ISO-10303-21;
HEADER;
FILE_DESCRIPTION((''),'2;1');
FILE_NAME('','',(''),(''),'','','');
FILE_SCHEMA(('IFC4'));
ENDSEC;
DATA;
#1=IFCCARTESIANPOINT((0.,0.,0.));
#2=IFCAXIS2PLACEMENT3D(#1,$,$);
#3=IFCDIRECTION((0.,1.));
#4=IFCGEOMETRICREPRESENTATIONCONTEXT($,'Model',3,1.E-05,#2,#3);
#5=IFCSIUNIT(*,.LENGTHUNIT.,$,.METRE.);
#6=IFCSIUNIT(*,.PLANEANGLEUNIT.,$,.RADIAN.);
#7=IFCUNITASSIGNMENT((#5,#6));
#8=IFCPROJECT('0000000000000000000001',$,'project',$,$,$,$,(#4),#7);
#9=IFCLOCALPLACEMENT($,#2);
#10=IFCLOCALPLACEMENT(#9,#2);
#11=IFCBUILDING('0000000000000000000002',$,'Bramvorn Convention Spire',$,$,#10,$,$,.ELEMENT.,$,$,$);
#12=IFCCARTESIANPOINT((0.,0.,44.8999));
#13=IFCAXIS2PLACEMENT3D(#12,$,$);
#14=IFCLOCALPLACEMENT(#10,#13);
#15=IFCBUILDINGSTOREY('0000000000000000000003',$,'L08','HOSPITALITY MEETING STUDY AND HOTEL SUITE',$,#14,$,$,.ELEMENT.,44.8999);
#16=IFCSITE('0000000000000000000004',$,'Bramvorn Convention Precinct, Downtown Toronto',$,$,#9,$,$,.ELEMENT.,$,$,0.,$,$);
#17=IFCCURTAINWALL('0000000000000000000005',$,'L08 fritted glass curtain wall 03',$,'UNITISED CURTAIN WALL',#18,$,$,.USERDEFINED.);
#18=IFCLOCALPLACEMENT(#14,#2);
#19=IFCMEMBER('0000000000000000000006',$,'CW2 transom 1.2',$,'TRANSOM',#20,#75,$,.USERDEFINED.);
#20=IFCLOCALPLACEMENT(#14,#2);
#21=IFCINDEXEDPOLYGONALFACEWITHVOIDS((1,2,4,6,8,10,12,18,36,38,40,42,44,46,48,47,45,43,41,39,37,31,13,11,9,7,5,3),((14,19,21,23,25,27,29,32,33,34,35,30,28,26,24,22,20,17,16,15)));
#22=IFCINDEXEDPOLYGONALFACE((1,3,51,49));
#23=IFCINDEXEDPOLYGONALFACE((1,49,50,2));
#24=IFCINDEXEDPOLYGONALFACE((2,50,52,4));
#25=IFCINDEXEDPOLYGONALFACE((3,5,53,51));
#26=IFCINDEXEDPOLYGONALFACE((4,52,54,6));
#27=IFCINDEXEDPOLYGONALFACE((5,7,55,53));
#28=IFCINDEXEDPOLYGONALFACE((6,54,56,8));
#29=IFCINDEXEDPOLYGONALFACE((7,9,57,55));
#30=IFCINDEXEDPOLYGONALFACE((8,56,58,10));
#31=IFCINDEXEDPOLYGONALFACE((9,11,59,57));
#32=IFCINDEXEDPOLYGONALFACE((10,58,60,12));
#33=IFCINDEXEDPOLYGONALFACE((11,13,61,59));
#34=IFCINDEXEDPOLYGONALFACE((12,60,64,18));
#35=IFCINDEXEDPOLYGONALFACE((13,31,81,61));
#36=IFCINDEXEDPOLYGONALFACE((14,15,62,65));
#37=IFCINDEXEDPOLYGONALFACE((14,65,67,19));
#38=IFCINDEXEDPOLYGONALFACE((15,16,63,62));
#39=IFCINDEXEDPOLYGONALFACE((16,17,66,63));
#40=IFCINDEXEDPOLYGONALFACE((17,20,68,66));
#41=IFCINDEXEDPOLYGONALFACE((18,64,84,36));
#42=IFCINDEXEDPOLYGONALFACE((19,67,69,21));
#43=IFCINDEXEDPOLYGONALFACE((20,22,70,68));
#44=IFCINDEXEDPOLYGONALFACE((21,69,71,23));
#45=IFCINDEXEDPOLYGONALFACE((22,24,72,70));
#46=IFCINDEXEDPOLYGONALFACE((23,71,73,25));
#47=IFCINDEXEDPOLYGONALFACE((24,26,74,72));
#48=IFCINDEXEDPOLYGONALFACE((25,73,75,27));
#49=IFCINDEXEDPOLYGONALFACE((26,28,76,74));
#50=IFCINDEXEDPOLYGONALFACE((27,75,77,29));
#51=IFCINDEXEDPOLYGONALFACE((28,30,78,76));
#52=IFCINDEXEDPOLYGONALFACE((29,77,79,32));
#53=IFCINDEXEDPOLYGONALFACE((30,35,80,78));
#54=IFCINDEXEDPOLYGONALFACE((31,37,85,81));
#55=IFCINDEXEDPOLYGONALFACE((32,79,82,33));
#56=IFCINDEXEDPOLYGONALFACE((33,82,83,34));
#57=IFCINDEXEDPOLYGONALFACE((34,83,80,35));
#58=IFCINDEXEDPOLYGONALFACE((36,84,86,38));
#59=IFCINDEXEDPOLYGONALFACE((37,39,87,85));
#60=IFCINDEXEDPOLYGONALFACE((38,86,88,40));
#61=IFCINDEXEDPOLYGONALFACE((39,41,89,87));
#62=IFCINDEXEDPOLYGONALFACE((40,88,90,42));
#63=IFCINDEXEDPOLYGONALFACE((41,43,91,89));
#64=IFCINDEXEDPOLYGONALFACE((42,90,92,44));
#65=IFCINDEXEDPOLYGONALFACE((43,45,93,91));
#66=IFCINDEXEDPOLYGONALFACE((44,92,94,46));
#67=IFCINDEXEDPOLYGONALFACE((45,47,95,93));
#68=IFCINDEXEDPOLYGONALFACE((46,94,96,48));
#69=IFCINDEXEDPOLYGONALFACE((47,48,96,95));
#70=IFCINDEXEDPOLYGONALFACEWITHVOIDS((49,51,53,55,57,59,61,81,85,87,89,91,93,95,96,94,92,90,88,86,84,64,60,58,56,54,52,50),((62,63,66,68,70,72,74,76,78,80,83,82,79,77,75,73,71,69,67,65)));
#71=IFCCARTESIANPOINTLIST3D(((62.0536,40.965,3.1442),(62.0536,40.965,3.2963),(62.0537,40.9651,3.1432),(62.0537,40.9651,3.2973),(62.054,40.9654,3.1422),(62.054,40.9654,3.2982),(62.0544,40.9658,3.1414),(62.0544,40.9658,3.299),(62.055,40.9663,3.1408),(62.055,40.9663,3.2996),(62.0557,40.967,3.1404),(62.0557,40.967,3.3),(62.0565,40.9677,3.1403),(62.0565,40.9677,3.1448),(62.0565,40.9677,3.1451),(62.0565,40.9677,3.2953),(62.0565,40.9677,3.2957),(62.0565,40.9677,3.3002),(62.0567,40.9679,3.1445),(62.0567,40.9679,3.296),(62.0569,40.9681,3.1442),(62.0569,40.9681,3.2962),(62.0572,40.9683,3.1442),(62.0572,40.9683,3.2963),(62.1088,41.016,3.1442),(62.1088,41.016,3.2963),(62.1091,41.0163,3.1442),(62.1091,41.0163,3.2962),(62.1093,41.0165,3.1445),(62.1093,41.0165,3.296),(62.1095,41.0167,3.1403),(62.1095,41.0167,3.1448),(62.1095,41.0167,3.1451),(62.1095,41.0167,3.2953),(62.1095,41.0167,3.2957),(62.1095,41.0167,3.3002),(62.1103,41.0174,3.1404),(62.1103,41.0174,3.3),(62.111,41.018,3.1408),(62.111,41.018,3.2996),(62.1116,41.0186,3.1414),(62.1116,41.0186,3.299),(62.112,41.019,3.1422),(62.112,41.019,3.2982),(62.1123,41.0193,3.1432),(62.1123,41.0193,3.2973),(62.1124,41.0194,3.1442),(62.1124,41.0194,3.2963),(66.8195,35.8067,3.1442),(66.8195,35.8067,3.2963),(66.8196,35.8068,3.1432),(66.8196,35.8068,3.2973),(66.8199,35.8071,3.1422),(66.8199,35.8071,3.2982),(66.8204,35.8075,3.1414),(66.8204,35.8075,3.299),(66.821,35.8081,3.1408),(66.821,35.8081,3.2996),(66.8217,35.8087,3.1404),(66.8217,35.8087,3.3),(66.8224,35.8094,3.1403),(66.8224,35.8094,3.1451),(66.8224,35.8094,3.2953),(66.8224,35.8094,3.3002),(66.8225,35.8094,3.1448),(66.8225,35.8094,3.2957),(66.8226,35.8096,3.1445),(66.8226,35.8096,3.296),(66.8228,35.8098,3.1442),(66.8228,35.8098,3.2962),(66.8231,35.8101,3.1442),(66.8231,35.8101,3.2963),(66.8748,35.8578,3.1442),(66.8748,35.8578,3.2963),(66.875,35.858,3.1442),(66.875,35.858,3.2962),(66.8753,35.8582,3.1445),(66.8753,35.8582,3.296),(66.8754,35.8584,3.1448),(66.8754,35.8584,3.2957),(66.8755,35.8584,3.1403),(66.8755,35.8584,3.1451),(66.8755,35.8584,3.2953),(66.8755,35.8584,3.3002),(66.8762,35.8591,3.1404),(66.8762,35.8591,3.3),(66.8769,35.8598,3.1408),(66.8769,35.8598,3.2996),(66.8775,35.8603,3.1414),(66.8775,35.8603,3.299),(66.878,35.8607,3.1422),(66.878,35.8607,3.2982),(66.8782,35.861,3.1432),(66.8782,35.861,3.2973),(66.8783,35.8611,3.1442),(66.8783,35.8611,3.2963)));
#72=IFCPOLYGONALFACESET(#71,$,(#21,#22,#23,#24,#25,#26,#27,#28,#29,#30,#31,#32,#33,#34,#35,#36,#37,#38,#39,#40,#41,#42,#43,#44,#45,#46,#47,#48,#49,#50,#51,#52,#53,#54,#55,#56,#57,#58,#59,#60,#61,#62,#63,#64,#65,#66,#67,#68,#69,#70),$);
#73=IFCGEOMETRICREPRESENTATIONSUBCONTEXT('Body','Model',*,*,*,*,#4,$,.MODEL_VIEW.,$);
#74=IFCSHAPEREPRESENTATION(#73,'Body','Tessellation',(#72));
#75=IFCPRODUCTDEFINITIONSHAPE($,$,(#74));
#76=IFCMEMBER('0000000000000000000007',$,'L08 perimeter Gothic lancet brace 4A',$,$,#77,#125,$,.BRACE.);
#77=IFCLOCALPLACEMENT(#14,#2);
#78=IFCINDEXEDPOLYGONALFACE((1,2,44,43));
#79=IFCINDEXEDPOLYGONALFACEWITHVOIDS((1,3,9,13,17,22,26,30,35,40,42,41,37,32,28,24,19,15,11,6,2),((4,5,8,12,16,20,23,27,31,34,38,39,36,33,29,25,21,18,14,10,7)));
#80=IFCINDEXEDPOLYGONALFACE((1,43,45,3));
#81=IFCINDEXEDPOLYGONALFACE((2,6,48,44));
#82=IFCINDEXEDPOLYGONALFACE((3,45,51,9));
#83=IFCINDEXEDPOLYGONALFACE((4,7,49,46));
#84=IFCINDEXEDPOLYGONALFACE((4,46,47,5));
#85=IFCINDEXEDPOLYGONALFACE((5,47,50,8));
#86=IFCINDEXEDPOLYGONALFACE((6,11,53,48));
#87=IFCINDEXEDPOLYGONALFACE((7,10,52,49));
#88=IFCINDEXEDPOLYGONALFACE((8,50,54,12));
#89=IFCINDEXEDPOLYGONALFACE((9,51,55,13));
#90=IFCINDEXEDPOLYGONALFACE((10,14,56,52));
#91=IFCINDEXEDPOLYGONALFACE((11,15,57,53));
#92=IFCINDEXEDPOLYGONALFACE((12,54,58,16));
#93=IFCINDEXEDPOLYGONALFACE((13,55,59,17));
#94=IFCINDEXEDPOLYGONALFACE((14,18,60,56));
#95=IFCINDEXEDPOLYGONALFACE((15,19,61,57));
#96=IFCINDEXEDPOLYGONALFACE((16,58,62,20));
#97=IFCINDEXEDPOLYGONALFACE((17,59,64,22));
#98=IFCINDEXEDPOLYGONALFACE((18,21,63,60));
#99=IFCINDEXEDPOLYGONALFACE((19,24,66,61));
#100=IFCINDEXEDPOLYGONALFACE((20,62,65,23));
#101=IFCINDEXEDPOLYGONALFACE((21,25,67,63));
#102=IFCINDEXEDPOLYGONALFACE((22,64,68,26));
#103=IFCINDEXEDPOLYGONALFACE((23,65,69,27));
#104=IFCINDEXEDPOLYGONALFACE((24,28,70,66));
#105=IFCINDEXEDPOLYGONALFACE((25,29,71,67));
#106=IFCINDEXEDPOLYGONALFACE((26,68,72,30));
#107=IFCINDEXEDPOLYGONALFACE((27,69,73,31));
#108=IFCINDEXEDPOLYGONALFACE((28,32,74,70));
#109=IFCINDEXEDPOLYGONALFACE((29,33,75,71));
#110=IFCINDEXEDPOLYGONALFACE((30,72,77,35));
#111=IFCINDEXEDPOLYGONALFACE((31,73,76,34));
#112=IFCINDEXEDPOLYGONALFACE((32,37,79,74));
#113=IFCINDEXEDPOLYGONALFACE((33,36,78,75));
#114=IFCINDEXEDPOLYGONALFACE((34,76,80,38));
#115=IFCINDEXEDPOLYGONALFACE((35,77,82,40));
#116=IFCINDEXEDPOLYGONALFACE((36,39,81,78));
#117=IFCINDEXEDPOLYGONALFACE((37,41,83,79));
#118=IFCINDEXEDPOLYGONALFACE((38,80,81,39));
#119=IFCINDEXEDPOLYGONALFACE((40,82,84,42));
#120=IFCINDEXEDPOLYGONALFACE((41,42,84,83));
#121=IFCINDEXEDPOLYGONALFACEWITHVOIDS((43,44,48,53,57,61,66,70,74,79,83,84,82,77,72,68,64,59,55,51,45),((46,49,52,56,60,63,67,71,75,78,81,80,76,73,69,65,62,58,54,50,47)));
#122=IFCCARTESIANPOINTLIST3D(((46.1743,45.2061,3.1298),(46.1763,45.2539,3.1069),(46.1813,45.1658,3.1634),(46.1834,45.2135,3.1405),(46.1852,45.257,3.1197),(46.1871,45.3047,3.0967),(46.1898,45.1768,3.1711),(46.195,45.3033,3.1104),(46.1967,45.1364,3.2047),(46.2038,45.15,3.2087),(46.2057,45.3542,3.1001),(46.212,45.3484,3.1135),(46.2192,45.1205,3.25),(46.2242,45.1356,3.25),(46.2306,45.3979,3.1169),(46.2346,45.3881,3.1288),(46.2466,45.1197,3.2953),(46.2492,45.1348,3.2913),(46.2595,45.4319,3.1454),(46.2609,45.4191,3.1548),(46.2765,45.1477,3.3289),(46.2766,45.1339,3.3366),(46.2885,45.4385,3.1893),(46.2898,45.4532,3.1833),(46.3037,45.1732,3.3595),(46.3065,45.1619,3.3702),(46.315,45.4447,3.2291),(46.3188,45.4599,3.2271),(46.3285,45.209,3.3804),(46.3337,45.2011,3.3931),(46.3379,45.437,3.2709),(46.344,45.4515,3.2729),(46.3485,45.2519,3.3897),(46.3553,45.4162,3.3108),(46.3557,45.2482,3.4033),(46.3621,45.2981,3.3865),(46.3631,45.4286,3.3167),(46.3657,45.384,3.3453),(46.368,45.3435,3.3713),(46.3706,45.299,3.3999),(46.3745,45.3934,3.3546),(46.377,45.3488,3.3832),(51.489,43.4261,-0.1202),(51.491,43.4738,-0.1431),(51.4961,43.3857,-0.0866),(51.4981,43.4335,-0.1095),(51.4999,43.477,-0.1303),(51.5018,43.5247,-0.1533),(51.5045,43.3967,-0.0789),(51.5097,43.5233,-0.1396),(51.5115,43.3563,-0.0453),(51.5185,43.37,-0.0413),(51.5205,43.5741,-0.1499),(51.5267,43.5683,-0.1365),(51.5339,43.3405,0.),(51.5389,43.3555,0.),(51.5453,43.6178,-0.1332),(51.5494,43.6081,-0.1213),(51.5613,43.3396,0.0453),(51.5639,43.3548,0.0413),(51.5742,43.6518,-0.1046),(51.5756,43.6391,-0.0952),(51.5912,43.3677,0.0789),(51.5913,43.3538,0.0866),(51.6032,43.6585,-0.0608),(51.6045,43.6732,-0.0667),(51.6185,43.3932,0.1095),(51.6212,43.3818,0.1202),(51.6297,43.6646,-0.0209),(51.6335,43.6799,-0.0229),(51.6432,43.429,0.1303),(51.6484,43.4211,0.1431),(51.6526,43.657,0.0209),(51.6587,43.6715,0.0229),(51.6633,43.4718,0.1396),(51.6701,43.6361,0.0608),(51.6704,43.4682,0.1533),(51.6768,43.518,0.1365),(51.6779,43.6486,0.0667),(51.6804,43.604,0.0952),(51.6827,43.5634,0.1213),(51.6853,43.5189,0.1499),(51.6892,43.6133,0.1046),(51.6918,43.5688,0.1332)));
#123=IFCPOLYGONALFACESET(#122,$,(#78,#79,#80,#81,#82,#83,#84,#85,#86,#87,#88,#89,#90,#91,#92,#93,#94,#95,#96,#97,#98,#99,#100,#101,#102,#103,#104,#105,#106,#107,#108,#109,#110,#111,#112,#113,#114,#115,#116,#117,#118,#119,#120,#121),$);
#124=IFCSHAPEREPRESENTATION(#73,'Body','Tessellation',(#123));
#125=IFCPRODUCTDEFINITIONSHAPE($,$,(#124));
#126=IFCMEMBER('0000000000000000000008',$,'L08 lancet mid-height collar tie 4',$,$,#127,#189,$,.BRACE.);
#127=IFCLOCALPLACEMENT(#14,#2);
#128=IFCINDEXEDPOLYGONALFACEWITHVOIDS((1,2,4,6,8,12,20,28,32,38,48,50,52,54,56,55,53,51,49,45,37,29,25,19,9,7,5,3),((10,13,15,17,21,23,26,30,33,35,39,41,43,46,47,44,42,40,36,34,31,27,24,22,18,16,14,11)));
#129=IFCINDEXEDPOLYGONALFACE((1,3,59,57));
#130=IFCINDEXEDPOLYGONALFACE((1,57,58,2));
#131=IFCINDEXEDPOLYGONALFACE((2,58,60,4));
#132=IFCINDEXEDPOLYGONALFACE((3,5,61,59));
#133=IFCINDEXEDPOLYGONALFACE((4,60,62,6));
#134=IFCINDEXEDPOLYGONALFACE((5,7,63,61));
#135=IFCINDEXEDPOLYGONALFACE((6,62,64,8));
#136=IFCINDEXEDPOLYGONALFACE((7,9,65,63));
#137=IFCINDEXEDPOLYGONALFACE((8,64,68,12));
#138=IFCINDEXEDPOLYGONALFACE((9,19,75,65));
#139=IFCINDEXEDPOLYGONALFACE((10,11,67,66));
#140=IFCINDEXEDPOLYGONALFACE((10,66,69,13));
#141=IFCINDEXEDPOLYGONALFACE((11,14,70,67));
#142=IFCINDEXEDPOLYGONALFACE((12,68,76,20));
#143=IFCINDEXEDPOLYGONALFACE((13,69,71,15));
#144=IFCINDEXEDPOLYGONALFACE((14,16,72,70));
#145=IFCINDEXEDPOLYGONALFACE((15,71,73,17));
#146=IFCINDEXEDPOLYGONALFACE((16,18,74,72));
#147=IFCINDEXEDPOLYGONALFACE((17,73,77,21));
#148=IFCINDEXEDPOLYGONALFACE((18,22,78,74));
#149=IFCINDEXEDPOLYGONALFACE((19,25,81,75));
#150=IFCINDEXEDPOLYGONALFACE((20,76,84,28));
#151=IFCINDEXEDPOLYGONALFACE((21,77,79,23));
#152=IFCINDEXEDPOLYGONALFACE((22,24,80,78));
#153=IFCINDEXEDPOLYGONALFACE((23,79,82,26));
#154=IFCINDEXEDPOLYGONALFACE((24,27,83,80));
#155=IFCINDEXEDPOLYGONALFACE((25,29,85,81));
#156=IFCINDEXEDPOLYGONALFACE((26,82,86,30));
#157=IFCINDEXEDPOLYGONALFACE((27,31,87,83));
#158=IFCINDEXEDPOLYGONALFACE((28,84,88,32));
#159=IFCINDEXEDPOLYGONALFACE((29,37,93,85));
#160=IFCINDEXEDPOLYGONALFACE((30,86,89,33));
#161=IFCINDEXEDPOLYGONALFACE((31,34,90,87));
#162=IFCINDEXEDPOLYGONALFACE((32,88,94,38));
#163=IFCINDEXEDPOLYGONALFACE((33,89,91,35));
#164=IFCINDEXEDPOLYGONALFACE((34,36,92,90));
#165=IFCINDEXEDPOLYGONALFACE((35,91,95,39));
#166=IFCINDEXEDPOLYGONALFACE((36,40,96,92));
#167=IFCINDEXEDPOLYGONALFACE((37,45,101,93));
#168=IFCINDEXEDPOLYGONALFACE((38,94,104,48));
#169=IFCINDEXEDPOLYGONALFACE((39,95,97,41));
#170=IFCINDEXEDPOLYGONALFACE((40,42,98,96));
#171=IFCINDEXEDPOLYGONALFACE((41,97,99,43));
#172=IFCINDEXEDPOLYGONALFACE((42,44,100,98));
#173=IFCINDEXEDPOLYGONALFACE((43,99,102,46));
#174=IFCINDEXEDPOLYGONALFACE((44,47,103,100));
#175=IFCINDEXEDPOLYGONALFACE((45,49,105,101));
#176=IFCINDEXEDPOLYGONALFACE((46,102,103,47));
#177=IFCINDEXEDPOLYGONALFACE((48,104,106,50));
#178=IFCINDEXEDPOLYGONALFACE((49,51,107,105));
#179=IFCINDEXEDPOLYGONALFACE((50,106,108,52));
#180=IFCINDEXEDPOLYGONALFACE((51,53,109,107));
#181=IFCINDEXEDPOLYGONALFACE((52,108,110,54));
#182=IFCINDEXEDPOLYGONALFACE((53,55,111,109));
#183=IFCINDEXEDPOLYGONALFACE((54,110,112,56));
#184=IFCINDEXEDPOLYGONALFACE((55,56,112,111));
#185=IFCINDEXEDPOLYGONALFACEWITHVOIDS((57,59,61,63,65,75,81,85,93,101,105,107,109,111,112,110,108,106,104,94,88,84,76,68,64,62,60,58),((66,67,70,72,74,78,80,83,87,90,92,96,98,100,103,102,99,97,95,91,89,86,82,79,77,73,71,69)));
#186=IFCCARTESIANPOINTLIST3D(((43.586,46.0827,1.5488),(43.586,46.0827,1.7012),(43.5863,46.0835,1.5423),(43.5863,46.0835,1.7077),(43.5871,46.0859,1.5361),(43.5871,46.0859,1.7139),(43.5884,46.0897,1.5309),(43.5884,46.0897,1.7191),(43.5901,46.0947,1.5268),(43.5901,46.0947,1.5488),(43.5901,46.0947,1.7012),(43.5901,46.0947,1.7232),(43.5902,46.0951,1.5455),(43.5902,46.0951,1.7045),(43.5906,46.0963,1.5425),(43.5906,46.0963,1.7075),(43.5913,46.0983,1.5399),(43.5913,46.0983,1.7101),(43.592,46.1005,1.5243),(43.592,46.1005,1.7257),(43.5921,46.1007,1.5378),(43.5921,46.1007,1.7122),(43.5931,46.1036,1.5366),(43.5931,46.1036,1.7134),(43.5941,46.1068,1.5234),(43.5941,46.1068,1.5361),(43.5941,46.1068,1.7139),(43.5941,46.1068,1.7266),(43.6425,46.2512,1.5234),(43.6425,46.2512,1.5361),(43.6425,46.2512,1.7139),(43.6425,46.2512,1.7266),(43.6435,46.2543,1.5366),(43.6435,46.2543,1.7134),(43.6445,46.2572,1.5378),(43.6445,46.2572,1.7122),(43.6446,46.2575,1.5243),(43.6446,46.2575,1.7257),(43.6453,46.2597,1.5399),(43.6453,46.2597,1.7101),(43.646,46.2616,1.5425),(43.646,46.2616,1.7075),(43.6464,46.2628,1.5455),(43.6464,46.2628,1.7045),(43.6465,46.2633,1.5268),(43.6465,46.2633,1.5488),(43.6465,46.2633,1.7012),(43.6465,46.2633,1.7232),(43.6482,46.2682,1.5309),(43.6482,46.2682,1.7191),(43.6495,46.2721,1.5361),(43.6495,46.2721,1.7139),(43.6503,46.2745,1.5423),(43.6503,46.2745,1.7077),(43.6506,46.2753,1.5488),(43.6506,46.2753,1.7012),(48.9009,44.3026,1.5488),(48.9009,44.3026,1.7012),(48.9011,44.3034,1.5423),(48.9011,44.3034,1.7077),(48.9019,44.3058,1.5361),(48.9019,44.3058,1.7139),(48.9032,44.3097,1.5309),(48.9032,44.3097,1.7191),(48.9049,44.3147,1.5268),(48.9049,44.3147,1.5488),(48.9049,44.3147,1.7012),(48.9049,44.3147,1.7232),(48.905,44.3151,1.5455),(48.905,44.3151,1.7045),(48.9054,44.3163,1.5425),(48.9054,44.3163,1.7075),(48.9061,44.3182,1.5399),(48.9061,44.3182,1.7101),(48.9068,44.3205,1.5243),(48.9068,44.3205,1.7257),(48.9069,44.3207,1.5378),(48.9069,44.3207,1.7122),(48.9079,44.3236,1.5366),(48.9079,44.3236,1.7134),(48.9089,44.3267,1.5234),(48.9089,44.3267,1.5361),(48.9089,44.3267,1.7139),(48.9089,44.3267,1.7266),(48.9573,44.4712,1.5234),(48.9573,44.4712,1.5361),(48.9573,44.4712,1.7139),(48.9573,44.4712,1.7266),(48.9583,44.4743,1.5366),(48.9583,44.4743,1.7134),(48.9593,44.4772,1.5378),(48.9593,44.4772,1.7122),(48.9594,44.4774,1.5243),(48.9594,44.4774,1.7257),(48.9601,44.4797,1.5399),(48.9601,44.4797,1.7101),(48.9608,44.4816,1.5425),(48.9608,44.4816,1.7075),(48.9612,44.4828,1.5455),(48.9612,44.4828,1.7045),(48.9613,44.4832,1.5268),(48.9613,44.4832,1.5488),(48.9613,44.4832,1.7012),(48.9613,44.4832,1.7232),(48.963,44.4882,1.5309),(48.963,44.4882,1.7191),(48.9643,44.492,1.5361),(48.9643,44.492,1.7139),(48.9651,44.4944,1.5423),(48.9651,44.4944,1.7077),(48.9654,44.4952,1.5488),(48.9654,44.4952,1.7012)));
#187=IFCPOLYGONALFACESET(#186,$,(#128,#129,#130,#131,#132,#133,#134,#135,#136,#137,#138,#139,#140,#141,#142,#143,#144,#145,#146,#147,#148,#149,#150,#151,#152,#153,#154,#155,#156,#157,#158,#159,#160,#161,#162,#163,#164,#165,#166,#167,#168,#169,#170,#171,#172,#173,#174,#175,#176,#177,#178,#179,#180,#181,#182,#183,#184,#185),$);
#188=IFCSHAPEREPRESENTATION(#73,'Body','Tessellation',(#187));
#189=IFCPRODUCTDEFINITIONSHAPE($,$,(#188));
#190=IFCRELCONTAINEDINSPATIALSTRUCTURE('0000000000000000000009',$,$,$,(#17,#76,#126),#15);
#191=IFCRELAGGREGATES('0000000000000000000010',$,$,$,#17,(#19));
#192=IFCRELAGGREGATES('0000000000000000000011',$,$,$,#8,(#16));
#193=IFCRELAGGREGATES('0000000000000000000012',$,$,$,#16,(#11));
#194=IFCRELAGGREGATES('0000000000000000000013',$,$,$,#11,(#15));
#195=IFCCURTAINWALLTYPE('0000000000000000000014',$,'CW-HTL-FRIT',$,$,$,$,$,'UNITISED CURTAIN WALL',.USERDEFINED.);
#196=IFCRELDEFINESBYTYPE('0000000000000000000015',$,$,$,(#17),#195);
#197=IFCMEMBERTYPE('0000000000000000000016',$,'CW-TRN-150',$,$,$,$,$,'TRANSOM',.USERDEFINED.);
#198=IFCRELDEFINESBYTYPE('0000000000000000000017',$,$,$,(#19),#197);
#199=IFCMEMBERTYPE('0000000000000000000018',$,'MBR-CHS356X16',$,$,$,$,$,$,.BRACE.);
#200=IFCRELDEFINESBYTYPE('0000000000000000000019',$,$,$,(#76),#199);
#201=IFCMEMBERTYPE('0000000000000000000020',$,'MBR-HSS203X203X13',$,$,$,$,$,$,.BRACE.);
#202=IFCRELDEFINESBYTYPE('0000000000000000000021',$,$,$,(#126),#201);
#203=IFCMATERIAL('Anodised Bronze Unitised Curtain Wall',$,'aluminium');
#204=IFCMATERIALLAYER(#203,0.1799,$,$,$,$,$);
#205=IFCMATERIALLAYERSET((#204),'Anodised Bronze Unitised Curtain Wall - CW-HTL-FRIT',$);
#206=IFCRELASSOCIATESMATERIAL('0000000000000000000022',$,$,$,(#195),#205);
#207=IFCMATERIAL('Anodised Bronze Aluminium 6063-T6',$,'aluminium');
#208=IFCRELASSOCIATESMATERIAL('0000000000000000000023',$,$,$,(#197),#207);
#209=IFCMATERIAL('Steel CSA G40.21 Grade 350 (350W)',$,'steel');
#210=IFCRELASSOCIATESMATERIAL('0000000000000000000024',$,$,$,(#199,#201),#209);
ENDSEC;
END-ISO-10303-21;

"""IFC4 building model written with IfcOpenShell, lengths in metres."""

from ifc_helpers import new_model, si_unit, direction, frame, origin, origin_2d, place, context, subcontext, project, spatial, hollow_rectangle, hollow_circle, extrude, material, layer, layer_set, material_profile, profile_set, type_object, element, aggregate, save


model = new_model("IFC4")

# Units and contexts
model_context = context("Model", 3, precision=1e-05, world=origin(), true_north=direction((0.0, 1.0)))
body_context = subcontext(model_context, "Body", "Model", "MODEL_VIEW")
ifc_project = project(units=[si_unit("LENGTHUNIT", "METRE"), si_unit("PLANEANGLEUNIT", "RADIAN")], contexts=[model_context])

# Site, building, storey
site_placement = place(None, origin())
site = spatial("IfcSite", under=ifc_project, at=site_placement, Name="Bramvorn Convention Precinct, Downtown Toronto", CompositionType="ELEMENT", RefElevation=0.0)
building_placement = place(site_placement, origin())
building = spatial("IfcBuilding", under=site, at=building_placement, Name="Bramvorn Convention Spire", CompositionType="ELEMENT")
storey_placement = place(building_placement, frame((0.0, 0.0, 44.8999)))
storey = spatial("IfcBuildingStorey", under=building, at=storey_placement, Name="L08", Description="HOSPITALITY MEETING STUDY AND HOTEL SUITE", CompositionType="ELEMENT", Elevation=44.8999)

# Shared definitions
ifc_material_1 = material(Name="Steel CSA G40.21 Grade 350 (350W)", Category="steel")

# Shared definitions
ifc_material_2 = material(Name="Anodised Bronze Unitised Curtain Wall", Category="aluminium")
ifc_layer_1 = layer(ifc_material_2, 0.1799)
ifc_layer_set_1 = layer_set([ifc_layer_1], Name="Anodised Bronze Unitised Curtain Wall - CW-HTL-FRIT")
curtain_wall_type = type_object("IfcCurtainWallType", Name="CW-HTL-FRIT", ElementType="UNITISED CURTAIN WALL", PredefinedType="USERDEFINED", material=ifc_layer_set_1)
ifc_material_3 = material(Name="Anodised Bronze Aluminium 6063-T6", Category="aluminium")

# Curtain wall
curtain_wall_1_placement = place(storey_placement, origin())
curtain_wall_1 = element("IfcCurtainWall", 1, at=curtain_wall_1_placement, inside=storey, type_object=curtain_wall_type, Name="L08 fritted glass curtain wall 03", ObjectType="UNITISED CURTAIN WALL", PredefinedType="USERDEFINED")

# Member
ifc_material_profile_1 = material_profile(ifc_material_3, hollow_rectangle(XDim=0.0801, YDim=0.1599, WallThickness=0.0039, InnerFilletRadius=0.001, OuterFilletRadius=0.0039, at=origin_2d()))
ifc_profile_set_1 = profile_set([ifc_material_profile_1], Name="Anodised Bronze Aluminium 6063-T6 - CWT80X160")
member_type_1 = type_object("IfcMemberType", Name="CW-TRN-150", ElementType="TRANSOM", PredefinedType="USERDEFINED", material=ifc_profile_set_1)
member_1_placement = place(storey_placement, frame((62.083, 40.9922, 3.2202), z_axis=(0.678622, -0.734487, 0.0), x_axis=(0.734487, 0.678622, 0.0)))
member_1 = element("IfcMember", 2, at=member_1_placement, type_object=member_type_1, Name="CW2 transom 1.2", ObjectType="TRANSOM", PredefinedType="USERDEFINED", context=body_context, shape_type="SweptSolid", body=[
    extrude(hollow_rectangle(XDim=0.0801, YDim=0.1599, WallThickness=0.0039, InnerFilletRadius=0.001, OuterFilletRadius=0.0039, at=origin_2d()), origin(), (0.0, 0.0, 1.0), 7.0229),
])

# Members
ifc_material_profile_2 = material_profile(ifc_material_1, hollow_circle(Radius=0.1777, WallThickness=0.0159, at=origin_2d()))
ifc_profile_set_2 = profile_set([ifc_material_profile_2], Name="Steel CSA G40.21 Grade 350 (350W) - CHS356X16")
member_type_2 = type_object("IfcMemberType", Name="MBR-CHS356X16", PredefinedType="BRACE", material=ifc_profile_set_2)
member_2_placement = place(storey_placement, frame((51.5903, 43.509, 0.0), z_axis=(-0.8203, 0.27474, 0.501623), x_axis=(-0.317586, -0.948229, 0.0)))
element("IfcMember", 3, at=member_2_placement, inside=storey, type_object=member_type_2, Name="L08 perimeter Gothic lancet brace 4A", PredefinedType="BRACE", context=body_context, shape_type="SweptSolid", body=[
    extrude(hollow_circle(Radius=0.1777, WallThickness=0.0159, at=origin_2d()), origin(), (0.0, 0.0, 1.0), 6.479),
])
ifc_material_profile_3 = material_profile(ifc_material_1, hollow_rectangle(XDim=0.2031, YDim=0.2031, WallThickness=0.0127, InnerFilletRadius=0.0127, OuterFilletRadius=0.0254, at=origin_2d()))
ifc_profile_set_3 = profile_set([ifc_material_profile_3], Name="Steel CSA G40.21 Grade 350 (350W) - HSS203X203X13")
member_type_3 = type_object("IfcMemberType", Name="MBR-HSS203X203X13", PredefinedType="BRACE", material=ifc_profile_set_3)
member_3_placement = place(storey_placement, frame((48.9331, 44.3989, 1.625), z_axis=(-0.948229, 0.317586, 0.0), x_axis=(-0.317586, -0.948229, 0.0)))
element("IfcMember", 4, at=member_3_placement, inside=storey, type_object=member_type_3, Name="L08 lancet mid-height collar tie 4", PredefinedType="BRACE", context=body_context, shape_type="SweptSolid", body=[
    extrude(hollow_rectangle(XDim=0.2031, YDim=0.2031, WallThickness=0.0127, InnerFilletRadius=0.0127, OuterFilletRadius=0.0254, at=origin_2d()), origin(), (0.0, 0.0, 1.0), 5.605),
])

aggregate(curtain_wall_1, [member_1])

save(model, "model.ifc")
